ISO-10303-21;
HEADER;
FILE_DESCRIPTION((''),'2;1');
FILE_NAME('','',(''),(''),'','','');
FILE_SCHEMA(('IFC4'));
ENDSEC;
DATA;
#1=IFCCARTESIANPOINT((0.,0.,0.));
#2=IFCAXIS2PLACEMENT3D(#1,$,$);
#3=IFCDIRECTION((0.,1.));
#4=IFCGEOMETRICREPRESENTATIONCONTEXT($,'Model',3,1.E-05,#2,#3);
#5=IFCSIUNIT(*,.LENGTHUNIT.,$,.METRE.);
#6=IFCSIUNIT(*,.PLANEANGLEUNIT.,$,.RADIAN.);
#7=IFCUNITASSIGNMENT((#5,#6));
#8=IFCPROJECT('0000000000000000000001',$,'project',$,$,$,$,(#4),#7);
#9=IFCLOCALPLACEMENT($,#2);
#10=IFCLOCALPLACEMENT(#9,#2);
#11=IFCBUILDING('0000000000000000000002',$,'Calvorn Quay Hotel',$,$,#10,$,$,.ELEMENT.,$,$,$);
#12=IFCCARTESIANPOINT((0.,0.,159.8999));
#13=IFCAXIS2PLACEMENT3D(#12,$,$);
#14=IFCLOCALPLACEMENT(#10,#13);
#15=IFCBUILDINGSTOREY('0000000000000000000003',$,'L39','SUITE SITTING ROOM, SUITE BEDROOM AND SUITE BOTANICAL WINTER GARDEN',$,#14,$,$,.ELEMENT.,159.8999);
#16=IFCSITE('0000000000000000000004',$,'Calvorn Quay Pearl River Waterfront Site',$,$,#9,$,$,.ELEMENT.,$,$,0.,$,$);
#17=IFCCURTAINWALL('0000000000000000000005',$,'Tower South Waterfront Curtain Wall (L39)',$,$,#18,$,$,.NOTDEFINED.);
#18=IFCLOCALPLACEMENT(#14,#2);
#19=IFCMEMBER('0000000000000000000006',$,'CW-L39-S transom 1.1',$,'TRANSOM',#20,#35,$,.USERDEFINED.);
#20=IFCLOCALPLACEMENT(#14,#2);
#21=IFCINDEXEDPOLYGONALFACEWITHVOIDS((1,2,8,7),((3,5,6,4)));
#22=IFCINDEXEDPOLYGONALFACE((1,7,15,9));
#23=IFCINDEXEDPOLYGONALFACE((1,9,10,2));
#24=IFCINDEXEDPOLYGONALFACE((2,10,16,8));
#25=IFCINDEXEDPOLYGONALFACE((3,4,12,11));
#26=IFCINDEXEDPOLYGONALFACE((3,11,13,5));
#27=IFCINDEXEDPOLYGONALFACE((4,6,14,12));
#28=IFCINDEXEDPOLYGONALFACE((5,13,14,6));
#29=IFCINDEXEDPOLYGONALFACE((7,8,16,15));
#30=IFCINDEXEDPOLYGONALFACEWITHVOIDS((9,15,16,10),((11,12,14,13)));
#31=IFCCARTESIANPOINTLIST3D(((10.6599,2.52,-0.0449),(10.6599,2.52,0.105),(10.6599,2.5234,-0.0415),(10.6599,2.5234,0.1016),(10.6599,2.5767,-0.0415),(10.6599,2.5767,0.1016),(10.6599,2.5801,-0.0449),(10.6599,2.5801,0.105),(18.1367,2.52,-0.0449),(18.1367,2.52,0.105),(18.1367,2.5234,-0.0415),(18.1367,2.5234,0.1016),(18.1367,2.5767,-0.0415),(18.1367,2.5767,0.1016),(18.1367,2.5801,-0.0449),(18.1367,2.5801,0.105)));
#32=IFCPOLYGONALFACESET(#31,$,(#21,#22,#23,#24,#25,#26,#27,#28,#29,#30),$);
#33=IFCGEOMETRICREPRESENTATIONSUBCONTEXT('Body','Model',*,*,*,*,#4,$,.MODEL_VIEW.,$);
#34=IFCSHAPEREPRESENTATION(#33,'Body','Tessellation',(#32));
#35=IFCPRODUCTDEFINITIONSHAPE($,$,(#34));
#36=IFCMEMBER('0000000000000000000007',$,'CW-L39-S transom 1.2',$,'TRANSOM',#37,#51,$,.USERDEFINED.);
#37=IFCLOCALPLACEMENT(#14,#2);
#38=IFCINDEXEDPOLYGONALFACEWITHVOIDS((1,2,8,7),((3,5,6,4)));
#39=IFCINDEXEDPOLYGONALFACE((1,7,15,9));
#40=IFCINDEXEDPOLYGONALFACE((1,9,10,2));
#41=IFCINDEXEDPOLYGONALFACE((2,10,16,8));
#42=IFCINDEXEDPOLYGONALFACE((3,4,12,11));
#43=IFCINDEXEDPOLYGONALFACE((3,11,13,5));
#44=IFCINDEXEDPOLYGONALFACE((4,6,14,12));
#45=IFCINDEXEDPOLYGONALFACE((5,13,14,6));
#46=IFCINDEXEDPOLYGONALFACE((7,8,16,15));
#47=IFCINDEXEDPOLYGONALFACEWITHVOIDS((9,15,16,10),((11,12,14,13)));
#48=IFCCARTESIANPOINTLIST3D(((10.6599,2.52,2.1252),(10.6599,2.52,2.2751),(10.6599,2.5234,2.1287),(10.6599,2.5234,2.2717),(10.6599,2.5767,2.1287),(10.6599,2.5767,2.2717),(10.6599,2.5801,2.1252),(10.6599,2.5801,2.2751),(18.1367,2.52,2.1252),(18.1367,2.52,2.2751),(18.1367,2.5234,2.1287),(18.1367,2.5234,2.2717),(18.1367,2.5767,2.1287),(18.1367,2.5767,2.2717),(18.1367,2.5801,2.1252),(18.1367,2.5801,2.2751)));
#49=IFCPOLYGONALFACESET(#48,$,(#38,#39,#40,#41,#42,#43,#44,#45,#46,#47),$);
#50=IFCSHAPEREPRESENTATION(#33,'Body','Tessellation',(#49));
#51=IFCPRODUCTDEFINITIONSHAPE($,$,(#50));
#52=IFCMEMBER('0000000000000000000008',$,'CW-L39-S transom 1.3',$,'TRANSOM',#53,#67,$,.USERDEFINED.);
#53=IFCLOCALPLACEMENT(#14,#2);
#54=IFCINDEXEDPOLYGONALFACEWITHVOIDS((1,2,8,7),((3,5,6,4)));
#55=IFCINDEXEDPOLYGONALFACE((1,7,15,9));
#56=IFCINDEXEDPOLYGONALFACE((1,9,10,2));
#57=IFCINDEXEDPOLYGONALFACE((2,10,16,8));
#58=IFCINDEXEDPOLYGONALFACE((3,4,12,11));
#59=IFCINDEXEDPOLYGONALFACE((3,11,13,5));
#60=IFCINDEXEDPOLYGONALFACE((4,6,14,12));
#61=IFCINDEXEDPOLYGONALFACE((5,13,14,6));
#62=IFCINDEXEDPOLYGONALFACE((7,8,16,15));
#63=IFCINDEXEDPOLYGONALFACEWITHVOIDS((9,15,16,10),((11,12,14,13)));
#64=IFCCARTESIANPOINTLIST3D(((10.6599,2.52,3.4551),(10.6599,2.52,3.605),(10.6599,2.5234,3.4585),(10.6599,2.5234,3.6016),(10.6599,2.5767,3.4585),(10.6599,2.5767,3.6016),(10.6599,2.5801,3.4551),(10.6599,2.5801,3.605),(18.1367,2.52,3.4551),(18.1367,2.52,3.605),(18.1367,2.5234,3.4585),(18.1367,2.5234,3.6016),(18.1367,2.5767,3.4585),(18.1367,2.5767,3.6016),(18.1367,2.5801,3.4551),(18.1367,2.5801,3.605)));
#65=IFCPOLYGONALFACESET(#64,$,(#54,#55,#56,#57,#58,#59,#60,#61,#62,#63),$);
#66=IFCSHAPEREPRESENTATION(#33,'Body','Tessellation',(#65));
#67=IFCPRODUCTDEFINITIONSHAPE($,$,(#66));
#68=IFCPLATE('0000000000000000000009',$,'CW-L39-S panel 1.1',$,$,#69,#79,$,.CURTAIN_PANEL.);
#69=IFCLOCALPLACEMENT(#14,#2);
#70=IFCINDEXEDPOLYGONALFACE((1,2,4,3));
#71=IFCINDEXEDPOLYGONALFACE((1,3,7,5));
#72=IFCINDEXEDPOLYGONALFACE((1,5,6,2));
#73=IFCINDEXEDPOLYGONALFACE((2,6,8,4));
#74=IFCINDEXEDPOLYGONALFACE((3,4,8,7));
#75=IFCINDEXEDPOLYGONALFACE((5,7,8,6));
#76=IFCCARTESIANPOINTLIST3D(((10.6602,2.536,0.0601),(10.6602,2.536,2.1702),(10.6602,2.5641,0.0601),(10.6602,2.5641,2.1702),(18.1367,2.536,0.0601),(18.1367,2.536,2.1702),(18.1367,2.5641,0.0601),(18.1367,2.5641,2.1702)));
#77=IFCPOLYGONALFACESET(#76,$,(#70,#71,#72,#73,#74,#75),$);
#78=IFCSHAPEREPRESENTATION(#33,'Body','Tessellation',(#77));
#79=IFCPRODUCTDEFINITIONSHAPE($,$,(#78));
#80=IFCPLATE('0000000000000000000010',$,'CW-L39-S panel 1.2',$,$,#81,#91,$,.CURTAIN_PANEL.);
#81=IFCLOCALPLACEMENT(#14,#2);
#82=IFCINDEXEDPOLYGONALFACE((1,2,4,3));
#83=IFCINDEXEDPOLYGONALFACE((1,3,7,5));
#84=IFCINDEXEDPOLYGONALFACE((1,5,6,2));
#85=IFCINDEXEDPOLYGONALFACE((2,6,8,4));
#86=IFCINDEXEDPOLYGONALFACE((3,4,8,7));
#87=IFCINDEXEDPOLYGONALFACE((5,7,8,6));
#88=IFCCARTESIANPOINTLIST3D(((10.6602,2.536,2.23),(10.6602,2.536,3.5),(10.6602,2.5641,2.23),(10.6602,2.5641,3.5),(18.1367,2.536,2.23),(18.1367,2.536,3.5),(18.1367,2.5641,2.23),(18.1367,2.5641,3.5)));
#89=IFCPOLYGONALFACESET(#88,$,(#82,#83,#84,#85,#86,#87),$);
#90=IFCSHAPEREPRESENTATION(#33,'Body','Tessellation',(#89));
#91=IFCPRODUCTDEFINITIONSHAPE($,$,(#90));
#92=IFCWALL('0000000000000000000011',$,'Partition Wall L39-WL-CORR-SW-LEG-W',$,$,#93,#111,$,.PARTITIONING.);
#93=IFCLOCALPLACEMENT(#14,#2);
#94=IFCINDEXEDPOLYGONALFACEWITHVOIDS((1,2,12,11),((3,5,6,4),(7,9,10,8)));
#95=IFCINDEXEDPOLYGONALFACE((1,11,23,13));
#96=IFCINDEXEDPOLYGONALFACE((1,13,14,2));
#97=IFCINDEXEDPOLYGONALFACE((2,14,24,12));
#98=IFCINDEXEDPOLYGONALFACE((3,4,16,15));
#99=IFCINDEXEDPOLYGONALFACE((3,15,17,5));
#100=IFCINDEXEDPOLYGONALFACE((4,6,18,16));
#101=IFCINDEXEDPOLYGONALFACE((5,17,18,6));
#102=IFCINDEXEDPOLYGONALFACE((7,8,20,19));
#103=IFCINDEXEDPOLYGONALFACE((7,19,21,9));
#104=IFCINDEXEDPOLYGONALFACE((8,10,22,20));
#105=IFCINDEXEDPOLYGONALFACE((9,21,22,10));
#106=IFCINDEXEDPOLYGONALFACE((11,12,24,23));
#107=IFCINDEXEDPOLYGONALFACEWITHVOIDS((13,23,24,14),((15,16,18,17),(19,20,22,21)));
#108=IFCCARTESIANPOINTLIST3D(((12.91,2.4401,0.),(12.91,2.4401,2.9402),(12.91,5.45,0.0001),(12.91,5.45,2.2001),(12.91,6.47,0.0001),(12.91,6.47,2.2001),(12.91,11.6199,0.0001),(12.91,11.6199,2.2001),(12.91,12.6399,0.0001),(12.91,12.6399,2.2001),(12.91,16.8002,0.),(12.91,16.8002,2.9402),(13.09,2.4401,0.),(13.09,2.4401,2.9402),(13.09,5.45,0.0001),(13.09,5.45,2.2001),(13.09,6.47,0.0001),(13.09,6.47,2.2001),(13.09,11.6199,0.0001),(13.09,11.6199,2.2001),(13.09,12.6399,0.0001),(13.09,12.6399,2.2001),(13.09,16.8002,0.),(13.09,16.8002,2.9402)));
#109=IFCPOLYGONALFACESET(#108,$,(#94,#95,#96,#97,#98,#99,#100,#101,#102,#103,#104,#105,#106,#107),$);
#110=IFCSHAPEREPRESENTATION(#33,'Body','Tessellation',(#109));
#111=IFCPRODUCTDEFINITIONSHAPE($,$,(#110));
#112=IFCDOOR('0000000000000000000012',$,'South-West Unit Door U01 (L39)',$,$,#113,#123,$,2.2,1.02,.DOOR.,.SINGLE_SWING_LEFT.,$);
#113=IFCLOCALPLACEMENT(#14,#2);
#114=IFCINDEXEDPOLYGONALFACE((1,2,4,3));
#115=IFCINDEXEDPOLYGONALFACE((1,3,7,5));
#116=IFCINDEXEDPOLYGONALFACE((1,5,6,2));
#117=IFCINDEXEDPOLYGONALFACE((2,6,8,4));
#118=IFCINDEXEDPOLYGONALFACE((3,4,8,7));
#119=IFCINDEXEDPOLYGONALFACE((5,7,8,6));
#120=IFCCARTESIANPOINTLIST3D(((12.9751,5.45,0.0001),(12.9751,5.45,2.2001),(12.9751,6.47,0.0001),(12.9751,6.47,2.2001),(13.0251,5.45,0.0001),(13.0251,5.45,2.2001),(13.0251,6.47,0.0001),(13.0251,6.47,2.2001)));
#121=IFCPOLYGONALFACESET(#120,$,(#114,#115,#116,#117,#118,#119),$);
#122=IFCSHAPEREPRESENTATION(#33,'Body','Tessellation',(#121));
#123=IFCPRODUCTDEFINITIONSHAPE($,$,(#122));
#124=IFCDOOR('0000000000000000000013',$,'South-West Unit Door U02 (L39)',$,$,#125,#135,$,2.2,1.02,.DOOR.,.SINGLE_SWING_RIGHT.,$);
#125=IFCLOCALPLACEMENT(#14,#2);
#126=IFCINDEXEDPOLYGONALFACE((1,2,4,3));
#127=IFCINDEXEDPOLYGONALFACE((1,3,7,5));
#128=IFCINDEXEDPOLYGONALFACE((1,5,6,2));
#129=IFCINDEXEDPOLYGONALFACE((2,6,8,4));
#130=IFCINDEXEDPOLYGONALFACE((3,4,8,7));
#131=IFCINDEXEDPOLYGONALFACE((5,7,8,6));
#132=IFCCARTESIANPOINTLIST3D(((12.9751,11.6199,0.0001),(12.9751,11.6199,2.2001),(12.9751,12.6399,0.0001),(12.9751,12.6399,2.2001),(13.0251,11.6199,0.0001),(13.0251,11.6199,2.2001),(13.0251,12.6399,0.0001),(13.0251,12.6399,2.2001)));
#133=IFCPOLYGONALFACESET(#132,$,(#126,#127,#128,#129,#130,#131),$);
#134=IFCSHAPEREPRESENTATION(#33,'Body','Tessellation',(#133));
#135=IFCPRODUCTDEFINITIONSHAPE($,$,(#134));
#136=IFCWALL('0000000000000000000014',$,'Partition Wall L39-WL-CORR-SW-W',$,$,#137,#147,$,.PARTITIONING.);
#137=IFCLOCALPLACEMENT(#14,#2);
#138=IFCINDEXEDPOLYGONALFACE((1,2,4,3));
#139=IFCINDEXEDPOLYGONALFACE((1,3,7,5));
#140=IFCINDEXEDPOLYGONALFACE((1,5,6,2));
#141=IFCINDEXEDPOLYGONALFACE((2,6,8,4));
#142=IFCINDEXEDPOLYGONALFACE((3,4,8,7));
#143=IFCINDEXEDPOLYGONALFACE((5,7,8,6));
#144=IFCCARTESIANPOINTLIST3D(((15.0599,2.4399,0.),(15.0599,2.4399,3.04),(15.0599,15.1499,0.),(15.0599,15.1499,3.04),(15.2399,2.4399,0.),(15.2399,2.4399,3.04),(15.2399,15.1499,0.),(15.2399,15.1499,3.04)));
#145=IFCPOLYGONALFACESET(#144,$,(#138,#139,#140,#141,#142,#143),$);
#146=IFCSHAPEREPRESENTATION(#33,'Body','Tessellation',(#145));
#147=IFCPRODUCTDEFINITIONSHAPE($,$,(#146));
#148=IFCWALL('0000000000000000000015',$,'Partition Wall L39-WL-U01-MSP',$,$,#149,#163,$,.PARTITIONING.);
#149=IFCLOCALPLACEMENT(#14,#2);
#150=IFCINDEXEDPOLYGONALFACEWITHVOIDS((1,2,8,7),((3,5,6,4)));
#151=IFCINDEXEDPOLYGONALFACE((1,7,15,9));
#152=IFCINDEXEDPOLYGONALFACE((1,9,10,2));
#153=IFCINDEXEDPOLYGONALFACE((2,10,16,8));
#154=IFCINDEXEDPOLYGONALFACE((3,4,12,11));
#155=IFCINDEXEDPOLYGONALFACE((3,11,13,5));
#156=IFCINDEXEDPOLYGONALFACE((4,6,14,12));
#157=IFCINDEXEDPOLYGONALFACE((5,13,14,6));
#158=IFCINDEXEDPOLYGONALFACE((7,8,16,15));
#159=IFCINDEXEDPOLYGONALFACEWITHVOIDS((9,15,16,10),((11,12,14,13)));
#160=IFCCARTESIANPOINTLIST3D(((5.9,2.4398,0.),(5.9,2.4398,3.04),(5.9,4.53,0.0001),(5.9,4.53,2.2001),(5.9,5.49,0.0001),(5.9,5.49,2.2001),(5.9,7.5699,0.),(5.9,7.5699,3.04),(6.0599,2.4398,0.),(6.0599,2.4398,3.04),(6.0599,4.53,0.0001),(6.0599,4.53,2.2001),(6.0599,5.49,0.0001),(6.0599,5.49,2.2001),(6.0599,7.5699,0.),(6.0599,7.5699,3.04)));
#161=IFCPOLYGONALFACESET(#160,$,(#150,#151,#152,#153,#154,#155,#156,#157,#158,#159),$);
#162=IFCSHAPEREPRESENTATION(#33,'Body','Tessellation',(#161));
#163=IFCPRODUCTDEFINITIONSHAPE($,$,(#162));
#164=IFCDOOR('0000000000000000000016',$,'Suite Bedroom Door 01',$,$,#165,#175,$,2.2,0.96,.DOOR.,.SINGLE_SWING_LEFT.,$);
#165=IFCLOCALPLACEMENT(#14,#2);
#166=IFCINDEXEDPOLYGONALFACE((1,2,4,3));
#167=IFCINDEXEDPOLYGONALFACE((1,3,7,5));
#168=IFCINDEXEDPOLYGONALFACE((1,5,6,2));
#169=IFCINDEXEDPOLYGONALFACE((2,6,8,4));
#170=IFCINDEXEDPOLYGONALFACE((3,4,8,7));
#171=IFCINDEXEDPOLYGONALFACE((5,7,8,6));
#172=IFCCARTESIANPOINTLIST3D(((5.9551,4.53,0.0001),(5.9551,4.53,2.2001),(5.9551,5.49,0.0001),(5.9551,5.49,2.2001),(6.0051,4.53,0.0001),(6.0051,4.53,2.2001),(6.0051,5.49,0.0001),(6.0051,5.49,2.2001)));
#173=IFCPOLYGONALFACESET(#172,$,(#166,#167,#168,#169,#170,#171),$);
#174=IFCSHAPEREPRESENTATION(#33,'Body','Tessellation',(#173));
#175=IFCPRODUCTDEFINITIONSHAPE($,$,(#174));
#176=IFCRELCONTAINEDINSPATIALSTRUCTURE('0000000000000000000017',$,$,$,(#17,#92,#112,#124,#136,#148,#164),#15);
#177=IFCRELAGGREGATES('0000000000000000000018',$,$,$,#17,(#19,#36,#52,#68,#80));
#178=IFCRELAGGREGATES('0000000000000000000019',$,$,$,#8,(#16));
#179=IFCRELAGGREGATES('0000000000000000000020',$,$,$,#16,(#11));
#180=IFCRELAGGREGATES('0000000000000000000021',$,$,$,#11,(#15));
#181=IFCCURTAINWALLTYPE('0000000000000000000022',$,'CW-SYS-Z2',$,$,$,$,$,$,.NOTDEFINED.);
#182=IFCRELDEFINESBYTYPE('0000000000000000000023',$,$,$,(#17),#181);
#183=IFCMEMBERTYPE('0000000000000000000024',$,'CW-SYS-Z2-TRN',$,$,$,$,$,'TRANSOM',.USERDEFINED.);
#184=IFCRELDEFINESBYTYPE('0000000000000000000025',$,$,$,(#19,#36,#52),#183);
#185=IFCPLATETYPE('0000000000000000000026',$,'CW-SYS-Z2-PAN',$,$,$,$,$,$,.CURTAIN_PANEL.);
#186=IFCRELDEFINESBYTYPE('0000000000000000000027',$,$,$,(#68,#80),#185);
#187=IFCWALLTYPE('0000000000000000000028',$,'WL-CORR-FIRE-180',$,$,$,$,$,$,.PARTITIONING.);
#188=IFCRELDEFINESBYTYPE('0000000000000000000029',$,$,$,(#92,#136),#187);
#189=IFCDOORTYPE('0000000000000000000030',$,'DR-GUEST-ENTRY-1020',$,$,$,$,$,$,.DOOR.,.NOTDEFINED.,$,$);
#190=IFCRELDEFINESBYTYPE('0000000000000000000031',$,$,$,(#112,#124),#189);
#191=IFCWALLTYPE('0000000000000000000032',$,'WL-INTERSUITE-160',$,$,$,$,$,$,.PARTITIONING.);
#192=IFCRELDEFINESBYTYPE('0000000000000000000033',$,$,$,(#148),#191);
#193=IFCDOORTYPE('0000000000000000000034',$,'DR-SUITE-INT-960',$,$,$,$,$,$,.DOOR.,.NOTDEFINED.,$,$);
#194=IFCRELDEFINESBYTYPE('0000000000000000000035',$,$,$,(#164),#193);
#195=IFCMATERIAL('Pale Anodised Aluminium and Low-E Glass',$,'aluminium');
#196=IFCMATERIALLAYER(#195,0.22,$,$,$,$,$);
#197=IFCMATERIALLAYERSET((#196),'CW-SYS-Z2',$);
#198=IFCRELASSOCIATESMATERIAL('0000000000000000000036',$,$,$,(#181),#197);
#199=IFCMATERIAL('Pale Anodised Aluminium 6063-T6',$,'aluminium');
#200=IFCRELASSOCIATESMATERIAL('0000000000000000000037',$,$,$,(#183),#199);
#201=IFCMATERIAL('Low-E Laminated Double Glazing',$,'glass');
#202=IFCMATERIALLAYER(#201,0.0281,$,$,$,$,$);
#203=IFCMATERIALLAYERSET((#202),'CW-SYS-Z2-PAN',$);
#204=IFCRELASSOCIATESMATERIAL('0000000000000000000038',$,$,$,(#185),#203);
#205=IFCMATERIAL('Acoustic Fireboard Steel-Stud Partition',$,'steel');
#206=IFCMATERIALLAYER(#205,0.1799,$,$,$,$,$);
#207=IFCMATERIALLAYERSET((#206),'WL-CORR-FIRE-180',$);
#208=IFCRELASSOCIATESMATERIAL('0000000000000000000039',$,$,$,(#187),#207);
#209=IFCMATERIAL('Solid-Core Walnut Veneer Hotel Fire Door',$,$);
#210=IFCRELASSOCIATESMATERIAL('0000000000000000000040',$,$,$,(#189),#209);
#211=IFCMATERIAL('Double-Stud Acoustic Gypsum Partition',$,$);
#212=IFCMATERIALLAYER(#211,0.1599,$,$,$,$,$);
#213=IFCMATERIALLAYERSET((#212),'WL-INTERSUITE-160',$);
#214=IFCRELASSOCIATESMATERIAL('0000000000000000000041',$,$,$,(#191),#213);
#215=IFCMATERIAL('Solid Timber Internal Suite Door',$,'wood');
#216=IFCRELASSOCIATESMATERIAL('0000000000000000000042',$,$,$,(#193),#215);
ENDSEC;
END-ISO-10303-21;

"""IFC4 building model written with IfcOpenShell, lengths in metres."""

from ifc_helpers import new_model, si_unit, direction, frame, frame_2d, origin, origin_2d, place, context, subcontext, project, spatial, rectangle, hollow_rectangle, extrude, material, layer, layer_set, material_profile, profile_set, type_object, element, fill, aggregate, save


model = new_model("IFC4")

# Units and contexts
model_context = context("Model", 3, precision=1e-05, world=origin(), true_north=direction((0.0, 1.0)))
body_context = subcontext(model_context, "Body", "Model", "MODEL_VIEW")
ifc_project = project(units=[si_unit("LENGTHUNIT", "METRE"), si_unit("PLANEANGLEUNIT", "RADIAN")], contexts=[model_context])

# Site, building, storey
site_placement = place(None, origin())
site = spatial("IfcSite", under=ifc_project, at=site_placement, Name="Calvorn Quay Pearl River Waterfront Site", CompositionType="ELEMENT", RefElevation=0.0)
building_placement = place(site_placement, origin())
building = spatial("IfcBuilding", under=site, at=building_placement, Name="Calvorn Quay Hotel", CompositionType="ELEMENT")
storey_placement = place(building_placement, frame((0.0, 0.0, 159.8999)))
storey = spatial("IfcBuildingStorey", under=building, at=storey_placement, Name="L39", Description="SUITE SITTING ROOM, SUITE BEDROOM AND SUITE BOTANICAL WINTER GARDEN", CompositionType="ELEMENT", Elevation=159.8999)

# Curtain wall, members, plates
ifc_material_1 = material(Name="Pale Anodised Aluminium and Low-E Glass", Category="aluminium")
ifc_layer_1 = layer(ifc_material_1, 0.22)
ifc_layer_set_1 = layer_set([ifc_layer_1], Name="CW-SYS-Z2")
curtain_wall_type = type_object("IfcCurtainWallType", Name="CW-SYS-Z2", PredefinedType="NOTDEFINED", material=ifc_layer_set_1)
curtain_wall_placement = place(storey_placement, origin())
curtain_wall = element("IfcCurtainWall", 1, at=curtain_wall_placement, inside=storey, type_object=curtain_wall_type, Name="Tower South Waterfront Curtain Wall (L39)", PredefinedType="NOTDEFINED")
ifc_material_2 = material(Name="Pale Anodised Aluminium 6063-T6", Category="aluminium")
ifc_material_profile_1 = material_profile(ifc_material_2, hollow_rectangle(XDim=0.0601, YDim=0.1499, WallThickness=0.0034, at=origin_2d()), Name="ALU-T150x60x3.5")
ifc_profile_set_1 = profile_set([ifc_material_profile_1], Name="Pale Anodised Aluminium 6063-T6")
member_type_1 = type_object("IfcMemberType", Name="CW-SYS-Z2-TRN", ElementType="TRANSOM", PredefinedType="USERDEFINED", material=ifc_profile_set_1)
member_1_placement = place(storey_placement, frame((10.6599, 2.55, 0.03), z_axis=(1.0, 0.0, 0.0), x_axis=(0.0, 1.0, 0.0)))
member_1 = element("IfcMember", 2, at=member_1_placement, type_object=member_type_1, Name="CW-L39-S transom 1.1", ObjectType="TRANSOM", PredefinedType="USERDEFINED", context=body_context, shape_type="SweptSolid", body=[
    extrude(hollow_rectangle(XDim=0.0601, YDim=0.1499, WallThickness=0.0034, at=origin_2d()), origin(), (0.0, 0.0, 1.0), 7.4768),
])
member_2_placement = place(storey_placement, frame((10.6599, 2.55, 2.2002), z_axis=(1.0, 0.0, 0.0), x_axis=(0.0, 1.0, 0.0)))
member_2 = element("IfcMember", 3, at=member_2_placement, type_object=member_type_1, Name="CW-L39-S transom 1.2", ObjectType="TRANSOM", PredefinedType="USERDEFINED", context=body_context, shape_type="SweptSolid", body=[
    extrude(hollow_rectangle(XDim=0.0601, YDim=0.1499, WallThickness=0.0034, at=origin_2d()), origin(), (0.0, 0.0, 1.0), 7.4768),
])
member_3_placement = place(storey_placement, frame((10.6599, 2.55, 3.53), z_axis=(1.0, 0.0, 0.0), x_axis=(0.0, 1.0, 0.0)))
member_3 = element("IfcMember", 4, at=member_3_placement, type_object=member_type_1, Name="CW-L39-S transom 1.3", ObjectType="TRANSOM", PredefinedType="USERDEFINED", context=body_context, shape_type="SweptSolid", body=[
    extrude(hollow_rectangle(XDim=0.0601, YDim=0.1499, WallThickness=0.0034, at=origin_2d()), origin(), (0.0, 0.0, 1.0), 7.4768),
])
ifc_material_3 = material(Name="Low-E Laminated Double Glazing", Category="glass")
ifc_layer_2 = layer(ifc_material_3, 0.0281)
ifc_layer_set_2 = layer_set([ifc_layer_2], Name="CW-SYS-Z2-PAN")
plate_type = type_object("IfcPlateType", Name="CW-SYS-Z2-PAN", PredefinedType="CURTAIN_PANEL", material=ifc_layer_set_2)
plate_1_placement = place(storey_placement, frame((14.3984, 2.55, 0.0601), z_axis=(0.0, 0.0, 1.0), x_axis=(1.0, 0.0, 0.0)))
plate_1 = element("IfcPlate", 5, at=plate_1_placement, type_object=plate_type, Name="CW-L39-S panel 1.1", PredefinedType="CURTAIN_PANEL", context=body_context, shape_type="SweptSolid", body=[
    extrude(rectangle(XDim=7.4766, YDim=0.0281, at=origin_2d()), origin(), (0.0, 0.0, 1.0), 2.1101),
])
plate_2_placement = place(storey_placement, frame((14.3984, 2.55, 2.23), z_axis=(0.0, 0.0, 1.0), x_axis=(1.0, 0.0, 0.0)))
plate_2 = element("IfcPlate", 6, at=plate_2_placement, type_object=plate_type, Name="CW-L39-S panel 1.2", PredefinedType="CURTAIN_PANEL", context=body_context, shape_type="SweptSolid", body=[
    extrude(rectangle(XDim=7.4766, YDim=0.0281, at=origin_2d()), origin(), (0.0, 0.0, 1.0), 1.27),
])
aggregate(curtain_wall, [member_1, member_2, member_3, plate_1, plate_2])

# Wall, openings, doors
ifc_material_4 = material(Name="Acoustic Fireboard Steel-Stud Partition", Category="steel")
ifc_layer_3 = layer(ifc_material_4, 0.1799)
ifc_layer_set_3 = layer_set([ifc_layer_3], Name="WL-CORR-FIRE-180")
wall_type_1 = type_object("IfcWallType", Name="WL-CORR-FIRE-180", PredefinedType="PARTITIONING", material=ifc_layer_set_3)
wall_1_placement = place(storey_placement, frame((13.0, 2.4399, 0.0), z_axis=(0.0, 0.0, 1.0), x_axis=(0.0, 1.0, 0.0)))
wall_1 = element("IfcWall", 7, at=wall_1_placement, inside=storey, type_object=wall_type_1, Name="Partition Wall L39-WL-CORR-SW-LEG-W", PredefinedType="PARTITIONING", context=body_context, shape_type="SweptSolid", body=[
    extrude(rectangle(XDim=14.3601, YDim=0.1799, at=frame_2d((7.1802, 0.0))), origin(), (0.0, 0.0, 1.0), 2.9402),
])
opening_1_placement = place(wall_1_placement, frame((3.01, 0.0, 0.0)))
opening_1 = element("IfcOpeningElement", 8, at=opening_1_placement, cuts=wall_1, PredefinedType="OPENING", context=body_context, shape_type="SweptSolid", body=[
    extrude(rectangle(XDim=1.02, YDim=2.2, at=frame_2d((0.51, 1.1001))), frame((0.0, 0.0999, 0.0), z_axis=(0.0, -1.0, 0.0), x_axis=(1.0, 0.0, 0.0)), (0.0, 0.0, 1.0), 0.2),
])
opening_2_placement = place(wall_1_placement, frame((9.1799, 0.0, 0.0)))
opening_2 = element("IfcOpeningElement", 9, at=opening_2_placement, cuts=wall_1, PredefinedType="OPENING", context=body_context, shape_type="SweptSolid", body=[
    extrude(rectangle(XDim=1.02, YDim=2.2, at=frame_2d((0.51, 1.1001))), frame((0.0, 0.0999, 0.0), z_axis=(0.0, -1.0, 0.0), x_axis=(1.0, 0.0, 0.0)), (0.0, 0.0, 1.0), 0.2),
])
ifc_material_5 = material(Name="Solid-Core Walnut Veneer Hotel Fire Door")
door_type_1 = type_object("IfcDoorType", Name="DR-GUEST-ENTRY-1020", OperationType="NOTDEFINED", PredefinedType="DOOR", material=ifc_material_5)
door_1_placement = place(opening_1_placement, origin())
door_1 = element("IfcDoor", 10, at=door_1_placement, inside=storey, type_object=door_type_1, Name="South-West Unit Door U01 (L39)", OperationType="SINGLE_SWING_LEFT", OverallHeight=2.2, OverallWidth=1.02, PredefinedType="DOOR", context=body_context, shape_type="SweptSolid", body=[
    extrude(rectangle(XDim=1.02, YDim=2.2, at=frame_2d((0.51, 1.1001))), frame((0.0, 0.0249, 0.0), z_axis=(0.0, -1.0, 0.0), x_axis=(1.0, 0.0, 0.0)), (0.0, 0.0, 1.0), 0.05),
])
fill(opening_1, door_1)
door_2_placement = place(opening_2_placement, origin())
door_2 = element("IfcDoor", 11, at=door_2_placement, inside=storey, type_object=door_type_1, Name="South-West Unit Door U02 (L39)", OperationType="SINGLE_SWING_RIGHT", OverallHeight=2.2, OverallWidth=1.02, PredefinedType="DOOR", context=body_context, shape_type="SweptSolid", body=[
    extrude(rectangle(XDim=1.02, YDim=2.2, at=frame_2d((0.51, 1.1001))), frame((0.0, 0.0249, 0.0), z_axis=(0.0, -1.0, 0.0), x_axis=(1.0, 0.0, 0.0)), (0.0, 0.0, 1.0), 0.05),
])
fill(opening_2, door_2)

# Wall
wall_2_placement = place(storey_placement, frame((15.1499, 2.4399, 0.0), z_axis=(0.0, 0.0, 1.0), x_axis=(0.0, 1.0, 0.0)))
element("IfcWall", 12, at=wall_2_placement, inside=storey, type_object=wall_type_1, Name="Partition Wall L39-WL-CORR-SW-W", PredefinedType="PARTITIONING", context=body_context, shape_type="SweptSolid", body=[
    extrude(rectangle(XDim=12.71, YDim=0.1799, at=frame_2d((6.355, 0.0))), origin(), (0.0, 0.0, 1.0), 3.04),
])

# Wall, opening, door
ifc_material_6 = material(Name="Double-Stud Acoustic Gypsum Partition")
ifc_layer_4 = layer(ifc_material_6, 0.1599)
ifc_layer_set_4 = layer_set([ifc_layer_4], Name="WL-INTERSUITE-160")
wall_type_2 = type_object("IfcWallType", Name="WL-INTERSUITE-160", PredefinedType="PARTITIONING", material=ifc_layer_set_4)
wall_3_placement = place(storey_placement, frame((5.98, 2.4399, 0.0), z_axis=(0.0, 0.0, 1.0), x_axis=(0.0, 1.0, 0.0)))
wall_3 = element("IfcWall", 13, at=wall_3_placement, inside=storey, type_object=wall_type_2, Name="Partition Wall L39-WL-U01-MSP", PredefinedType="PARTITIONING", context=body_context, shape_type="SweptSolid", body=[
    extrude(rectangle(XDim=5.1301, YDim=0.1599, at=frame_2d((2.5649, 0.0))), origin(), (0.0, 0.0, 1.0), 3.04),
])
opening_3_placement = place(wall_3_placement, frame((2.0901, 0.0, 0.0)))
opening_3 = element("IfcOpeningElement", 14, at=opening_3_placement, cuts=wall_3, PredefinedType="OPENING", context=body_context, shape_type="SweptSolid", body=[
    extrude(rectangle(XDim=0.96, YDim=2.2, at=frame_2d((0.48, 1.1001))), frame((0.0, 0.0898, 0.0), z_axis=(0.0, -1.0, 0.0), x_axis=(1.0, 0.0, 0.0)), (0.0, 0.0, 1.0), 0.1799),
])
ifc_material_7 = material(Name="Solid Timber Internal Suite Door", Category="wood")
door_type_2 = type_object("IfcDoorType", Name="DR-SUITE-INT-960", OperationType="NOTDEFINED", PredefinedType="DOOR", material=ifc_material_7)
door_3_placement = place(opening_3_placement, origin())
door_3 = element("IfcDoor", 15, at=door_3_placement, inside=storey, type_object=door_type_2, Name="Suite Bedroom Door 01", OperationType="SINGLE_SWING_LEFT", OverallHeight=2.2, OverallWidth=0.96, PredefinedType="DOOR", context=body_context, shape_type="SweptSolid", body=[
    extrude(rectangle(XDim=0.96, YDim=2.2, at=frame_2d((0.48, 1.1001))), frame((0.0, 0.0249, 0.0), z_axis=(0.0, -1.0, 0.0), x_axis=(1.0, 0.0, 0.0)), (0.0, 0.0, 1.0), 0.05),
])
fill(opening_3, door_3)

save(model, "model.ifc")
